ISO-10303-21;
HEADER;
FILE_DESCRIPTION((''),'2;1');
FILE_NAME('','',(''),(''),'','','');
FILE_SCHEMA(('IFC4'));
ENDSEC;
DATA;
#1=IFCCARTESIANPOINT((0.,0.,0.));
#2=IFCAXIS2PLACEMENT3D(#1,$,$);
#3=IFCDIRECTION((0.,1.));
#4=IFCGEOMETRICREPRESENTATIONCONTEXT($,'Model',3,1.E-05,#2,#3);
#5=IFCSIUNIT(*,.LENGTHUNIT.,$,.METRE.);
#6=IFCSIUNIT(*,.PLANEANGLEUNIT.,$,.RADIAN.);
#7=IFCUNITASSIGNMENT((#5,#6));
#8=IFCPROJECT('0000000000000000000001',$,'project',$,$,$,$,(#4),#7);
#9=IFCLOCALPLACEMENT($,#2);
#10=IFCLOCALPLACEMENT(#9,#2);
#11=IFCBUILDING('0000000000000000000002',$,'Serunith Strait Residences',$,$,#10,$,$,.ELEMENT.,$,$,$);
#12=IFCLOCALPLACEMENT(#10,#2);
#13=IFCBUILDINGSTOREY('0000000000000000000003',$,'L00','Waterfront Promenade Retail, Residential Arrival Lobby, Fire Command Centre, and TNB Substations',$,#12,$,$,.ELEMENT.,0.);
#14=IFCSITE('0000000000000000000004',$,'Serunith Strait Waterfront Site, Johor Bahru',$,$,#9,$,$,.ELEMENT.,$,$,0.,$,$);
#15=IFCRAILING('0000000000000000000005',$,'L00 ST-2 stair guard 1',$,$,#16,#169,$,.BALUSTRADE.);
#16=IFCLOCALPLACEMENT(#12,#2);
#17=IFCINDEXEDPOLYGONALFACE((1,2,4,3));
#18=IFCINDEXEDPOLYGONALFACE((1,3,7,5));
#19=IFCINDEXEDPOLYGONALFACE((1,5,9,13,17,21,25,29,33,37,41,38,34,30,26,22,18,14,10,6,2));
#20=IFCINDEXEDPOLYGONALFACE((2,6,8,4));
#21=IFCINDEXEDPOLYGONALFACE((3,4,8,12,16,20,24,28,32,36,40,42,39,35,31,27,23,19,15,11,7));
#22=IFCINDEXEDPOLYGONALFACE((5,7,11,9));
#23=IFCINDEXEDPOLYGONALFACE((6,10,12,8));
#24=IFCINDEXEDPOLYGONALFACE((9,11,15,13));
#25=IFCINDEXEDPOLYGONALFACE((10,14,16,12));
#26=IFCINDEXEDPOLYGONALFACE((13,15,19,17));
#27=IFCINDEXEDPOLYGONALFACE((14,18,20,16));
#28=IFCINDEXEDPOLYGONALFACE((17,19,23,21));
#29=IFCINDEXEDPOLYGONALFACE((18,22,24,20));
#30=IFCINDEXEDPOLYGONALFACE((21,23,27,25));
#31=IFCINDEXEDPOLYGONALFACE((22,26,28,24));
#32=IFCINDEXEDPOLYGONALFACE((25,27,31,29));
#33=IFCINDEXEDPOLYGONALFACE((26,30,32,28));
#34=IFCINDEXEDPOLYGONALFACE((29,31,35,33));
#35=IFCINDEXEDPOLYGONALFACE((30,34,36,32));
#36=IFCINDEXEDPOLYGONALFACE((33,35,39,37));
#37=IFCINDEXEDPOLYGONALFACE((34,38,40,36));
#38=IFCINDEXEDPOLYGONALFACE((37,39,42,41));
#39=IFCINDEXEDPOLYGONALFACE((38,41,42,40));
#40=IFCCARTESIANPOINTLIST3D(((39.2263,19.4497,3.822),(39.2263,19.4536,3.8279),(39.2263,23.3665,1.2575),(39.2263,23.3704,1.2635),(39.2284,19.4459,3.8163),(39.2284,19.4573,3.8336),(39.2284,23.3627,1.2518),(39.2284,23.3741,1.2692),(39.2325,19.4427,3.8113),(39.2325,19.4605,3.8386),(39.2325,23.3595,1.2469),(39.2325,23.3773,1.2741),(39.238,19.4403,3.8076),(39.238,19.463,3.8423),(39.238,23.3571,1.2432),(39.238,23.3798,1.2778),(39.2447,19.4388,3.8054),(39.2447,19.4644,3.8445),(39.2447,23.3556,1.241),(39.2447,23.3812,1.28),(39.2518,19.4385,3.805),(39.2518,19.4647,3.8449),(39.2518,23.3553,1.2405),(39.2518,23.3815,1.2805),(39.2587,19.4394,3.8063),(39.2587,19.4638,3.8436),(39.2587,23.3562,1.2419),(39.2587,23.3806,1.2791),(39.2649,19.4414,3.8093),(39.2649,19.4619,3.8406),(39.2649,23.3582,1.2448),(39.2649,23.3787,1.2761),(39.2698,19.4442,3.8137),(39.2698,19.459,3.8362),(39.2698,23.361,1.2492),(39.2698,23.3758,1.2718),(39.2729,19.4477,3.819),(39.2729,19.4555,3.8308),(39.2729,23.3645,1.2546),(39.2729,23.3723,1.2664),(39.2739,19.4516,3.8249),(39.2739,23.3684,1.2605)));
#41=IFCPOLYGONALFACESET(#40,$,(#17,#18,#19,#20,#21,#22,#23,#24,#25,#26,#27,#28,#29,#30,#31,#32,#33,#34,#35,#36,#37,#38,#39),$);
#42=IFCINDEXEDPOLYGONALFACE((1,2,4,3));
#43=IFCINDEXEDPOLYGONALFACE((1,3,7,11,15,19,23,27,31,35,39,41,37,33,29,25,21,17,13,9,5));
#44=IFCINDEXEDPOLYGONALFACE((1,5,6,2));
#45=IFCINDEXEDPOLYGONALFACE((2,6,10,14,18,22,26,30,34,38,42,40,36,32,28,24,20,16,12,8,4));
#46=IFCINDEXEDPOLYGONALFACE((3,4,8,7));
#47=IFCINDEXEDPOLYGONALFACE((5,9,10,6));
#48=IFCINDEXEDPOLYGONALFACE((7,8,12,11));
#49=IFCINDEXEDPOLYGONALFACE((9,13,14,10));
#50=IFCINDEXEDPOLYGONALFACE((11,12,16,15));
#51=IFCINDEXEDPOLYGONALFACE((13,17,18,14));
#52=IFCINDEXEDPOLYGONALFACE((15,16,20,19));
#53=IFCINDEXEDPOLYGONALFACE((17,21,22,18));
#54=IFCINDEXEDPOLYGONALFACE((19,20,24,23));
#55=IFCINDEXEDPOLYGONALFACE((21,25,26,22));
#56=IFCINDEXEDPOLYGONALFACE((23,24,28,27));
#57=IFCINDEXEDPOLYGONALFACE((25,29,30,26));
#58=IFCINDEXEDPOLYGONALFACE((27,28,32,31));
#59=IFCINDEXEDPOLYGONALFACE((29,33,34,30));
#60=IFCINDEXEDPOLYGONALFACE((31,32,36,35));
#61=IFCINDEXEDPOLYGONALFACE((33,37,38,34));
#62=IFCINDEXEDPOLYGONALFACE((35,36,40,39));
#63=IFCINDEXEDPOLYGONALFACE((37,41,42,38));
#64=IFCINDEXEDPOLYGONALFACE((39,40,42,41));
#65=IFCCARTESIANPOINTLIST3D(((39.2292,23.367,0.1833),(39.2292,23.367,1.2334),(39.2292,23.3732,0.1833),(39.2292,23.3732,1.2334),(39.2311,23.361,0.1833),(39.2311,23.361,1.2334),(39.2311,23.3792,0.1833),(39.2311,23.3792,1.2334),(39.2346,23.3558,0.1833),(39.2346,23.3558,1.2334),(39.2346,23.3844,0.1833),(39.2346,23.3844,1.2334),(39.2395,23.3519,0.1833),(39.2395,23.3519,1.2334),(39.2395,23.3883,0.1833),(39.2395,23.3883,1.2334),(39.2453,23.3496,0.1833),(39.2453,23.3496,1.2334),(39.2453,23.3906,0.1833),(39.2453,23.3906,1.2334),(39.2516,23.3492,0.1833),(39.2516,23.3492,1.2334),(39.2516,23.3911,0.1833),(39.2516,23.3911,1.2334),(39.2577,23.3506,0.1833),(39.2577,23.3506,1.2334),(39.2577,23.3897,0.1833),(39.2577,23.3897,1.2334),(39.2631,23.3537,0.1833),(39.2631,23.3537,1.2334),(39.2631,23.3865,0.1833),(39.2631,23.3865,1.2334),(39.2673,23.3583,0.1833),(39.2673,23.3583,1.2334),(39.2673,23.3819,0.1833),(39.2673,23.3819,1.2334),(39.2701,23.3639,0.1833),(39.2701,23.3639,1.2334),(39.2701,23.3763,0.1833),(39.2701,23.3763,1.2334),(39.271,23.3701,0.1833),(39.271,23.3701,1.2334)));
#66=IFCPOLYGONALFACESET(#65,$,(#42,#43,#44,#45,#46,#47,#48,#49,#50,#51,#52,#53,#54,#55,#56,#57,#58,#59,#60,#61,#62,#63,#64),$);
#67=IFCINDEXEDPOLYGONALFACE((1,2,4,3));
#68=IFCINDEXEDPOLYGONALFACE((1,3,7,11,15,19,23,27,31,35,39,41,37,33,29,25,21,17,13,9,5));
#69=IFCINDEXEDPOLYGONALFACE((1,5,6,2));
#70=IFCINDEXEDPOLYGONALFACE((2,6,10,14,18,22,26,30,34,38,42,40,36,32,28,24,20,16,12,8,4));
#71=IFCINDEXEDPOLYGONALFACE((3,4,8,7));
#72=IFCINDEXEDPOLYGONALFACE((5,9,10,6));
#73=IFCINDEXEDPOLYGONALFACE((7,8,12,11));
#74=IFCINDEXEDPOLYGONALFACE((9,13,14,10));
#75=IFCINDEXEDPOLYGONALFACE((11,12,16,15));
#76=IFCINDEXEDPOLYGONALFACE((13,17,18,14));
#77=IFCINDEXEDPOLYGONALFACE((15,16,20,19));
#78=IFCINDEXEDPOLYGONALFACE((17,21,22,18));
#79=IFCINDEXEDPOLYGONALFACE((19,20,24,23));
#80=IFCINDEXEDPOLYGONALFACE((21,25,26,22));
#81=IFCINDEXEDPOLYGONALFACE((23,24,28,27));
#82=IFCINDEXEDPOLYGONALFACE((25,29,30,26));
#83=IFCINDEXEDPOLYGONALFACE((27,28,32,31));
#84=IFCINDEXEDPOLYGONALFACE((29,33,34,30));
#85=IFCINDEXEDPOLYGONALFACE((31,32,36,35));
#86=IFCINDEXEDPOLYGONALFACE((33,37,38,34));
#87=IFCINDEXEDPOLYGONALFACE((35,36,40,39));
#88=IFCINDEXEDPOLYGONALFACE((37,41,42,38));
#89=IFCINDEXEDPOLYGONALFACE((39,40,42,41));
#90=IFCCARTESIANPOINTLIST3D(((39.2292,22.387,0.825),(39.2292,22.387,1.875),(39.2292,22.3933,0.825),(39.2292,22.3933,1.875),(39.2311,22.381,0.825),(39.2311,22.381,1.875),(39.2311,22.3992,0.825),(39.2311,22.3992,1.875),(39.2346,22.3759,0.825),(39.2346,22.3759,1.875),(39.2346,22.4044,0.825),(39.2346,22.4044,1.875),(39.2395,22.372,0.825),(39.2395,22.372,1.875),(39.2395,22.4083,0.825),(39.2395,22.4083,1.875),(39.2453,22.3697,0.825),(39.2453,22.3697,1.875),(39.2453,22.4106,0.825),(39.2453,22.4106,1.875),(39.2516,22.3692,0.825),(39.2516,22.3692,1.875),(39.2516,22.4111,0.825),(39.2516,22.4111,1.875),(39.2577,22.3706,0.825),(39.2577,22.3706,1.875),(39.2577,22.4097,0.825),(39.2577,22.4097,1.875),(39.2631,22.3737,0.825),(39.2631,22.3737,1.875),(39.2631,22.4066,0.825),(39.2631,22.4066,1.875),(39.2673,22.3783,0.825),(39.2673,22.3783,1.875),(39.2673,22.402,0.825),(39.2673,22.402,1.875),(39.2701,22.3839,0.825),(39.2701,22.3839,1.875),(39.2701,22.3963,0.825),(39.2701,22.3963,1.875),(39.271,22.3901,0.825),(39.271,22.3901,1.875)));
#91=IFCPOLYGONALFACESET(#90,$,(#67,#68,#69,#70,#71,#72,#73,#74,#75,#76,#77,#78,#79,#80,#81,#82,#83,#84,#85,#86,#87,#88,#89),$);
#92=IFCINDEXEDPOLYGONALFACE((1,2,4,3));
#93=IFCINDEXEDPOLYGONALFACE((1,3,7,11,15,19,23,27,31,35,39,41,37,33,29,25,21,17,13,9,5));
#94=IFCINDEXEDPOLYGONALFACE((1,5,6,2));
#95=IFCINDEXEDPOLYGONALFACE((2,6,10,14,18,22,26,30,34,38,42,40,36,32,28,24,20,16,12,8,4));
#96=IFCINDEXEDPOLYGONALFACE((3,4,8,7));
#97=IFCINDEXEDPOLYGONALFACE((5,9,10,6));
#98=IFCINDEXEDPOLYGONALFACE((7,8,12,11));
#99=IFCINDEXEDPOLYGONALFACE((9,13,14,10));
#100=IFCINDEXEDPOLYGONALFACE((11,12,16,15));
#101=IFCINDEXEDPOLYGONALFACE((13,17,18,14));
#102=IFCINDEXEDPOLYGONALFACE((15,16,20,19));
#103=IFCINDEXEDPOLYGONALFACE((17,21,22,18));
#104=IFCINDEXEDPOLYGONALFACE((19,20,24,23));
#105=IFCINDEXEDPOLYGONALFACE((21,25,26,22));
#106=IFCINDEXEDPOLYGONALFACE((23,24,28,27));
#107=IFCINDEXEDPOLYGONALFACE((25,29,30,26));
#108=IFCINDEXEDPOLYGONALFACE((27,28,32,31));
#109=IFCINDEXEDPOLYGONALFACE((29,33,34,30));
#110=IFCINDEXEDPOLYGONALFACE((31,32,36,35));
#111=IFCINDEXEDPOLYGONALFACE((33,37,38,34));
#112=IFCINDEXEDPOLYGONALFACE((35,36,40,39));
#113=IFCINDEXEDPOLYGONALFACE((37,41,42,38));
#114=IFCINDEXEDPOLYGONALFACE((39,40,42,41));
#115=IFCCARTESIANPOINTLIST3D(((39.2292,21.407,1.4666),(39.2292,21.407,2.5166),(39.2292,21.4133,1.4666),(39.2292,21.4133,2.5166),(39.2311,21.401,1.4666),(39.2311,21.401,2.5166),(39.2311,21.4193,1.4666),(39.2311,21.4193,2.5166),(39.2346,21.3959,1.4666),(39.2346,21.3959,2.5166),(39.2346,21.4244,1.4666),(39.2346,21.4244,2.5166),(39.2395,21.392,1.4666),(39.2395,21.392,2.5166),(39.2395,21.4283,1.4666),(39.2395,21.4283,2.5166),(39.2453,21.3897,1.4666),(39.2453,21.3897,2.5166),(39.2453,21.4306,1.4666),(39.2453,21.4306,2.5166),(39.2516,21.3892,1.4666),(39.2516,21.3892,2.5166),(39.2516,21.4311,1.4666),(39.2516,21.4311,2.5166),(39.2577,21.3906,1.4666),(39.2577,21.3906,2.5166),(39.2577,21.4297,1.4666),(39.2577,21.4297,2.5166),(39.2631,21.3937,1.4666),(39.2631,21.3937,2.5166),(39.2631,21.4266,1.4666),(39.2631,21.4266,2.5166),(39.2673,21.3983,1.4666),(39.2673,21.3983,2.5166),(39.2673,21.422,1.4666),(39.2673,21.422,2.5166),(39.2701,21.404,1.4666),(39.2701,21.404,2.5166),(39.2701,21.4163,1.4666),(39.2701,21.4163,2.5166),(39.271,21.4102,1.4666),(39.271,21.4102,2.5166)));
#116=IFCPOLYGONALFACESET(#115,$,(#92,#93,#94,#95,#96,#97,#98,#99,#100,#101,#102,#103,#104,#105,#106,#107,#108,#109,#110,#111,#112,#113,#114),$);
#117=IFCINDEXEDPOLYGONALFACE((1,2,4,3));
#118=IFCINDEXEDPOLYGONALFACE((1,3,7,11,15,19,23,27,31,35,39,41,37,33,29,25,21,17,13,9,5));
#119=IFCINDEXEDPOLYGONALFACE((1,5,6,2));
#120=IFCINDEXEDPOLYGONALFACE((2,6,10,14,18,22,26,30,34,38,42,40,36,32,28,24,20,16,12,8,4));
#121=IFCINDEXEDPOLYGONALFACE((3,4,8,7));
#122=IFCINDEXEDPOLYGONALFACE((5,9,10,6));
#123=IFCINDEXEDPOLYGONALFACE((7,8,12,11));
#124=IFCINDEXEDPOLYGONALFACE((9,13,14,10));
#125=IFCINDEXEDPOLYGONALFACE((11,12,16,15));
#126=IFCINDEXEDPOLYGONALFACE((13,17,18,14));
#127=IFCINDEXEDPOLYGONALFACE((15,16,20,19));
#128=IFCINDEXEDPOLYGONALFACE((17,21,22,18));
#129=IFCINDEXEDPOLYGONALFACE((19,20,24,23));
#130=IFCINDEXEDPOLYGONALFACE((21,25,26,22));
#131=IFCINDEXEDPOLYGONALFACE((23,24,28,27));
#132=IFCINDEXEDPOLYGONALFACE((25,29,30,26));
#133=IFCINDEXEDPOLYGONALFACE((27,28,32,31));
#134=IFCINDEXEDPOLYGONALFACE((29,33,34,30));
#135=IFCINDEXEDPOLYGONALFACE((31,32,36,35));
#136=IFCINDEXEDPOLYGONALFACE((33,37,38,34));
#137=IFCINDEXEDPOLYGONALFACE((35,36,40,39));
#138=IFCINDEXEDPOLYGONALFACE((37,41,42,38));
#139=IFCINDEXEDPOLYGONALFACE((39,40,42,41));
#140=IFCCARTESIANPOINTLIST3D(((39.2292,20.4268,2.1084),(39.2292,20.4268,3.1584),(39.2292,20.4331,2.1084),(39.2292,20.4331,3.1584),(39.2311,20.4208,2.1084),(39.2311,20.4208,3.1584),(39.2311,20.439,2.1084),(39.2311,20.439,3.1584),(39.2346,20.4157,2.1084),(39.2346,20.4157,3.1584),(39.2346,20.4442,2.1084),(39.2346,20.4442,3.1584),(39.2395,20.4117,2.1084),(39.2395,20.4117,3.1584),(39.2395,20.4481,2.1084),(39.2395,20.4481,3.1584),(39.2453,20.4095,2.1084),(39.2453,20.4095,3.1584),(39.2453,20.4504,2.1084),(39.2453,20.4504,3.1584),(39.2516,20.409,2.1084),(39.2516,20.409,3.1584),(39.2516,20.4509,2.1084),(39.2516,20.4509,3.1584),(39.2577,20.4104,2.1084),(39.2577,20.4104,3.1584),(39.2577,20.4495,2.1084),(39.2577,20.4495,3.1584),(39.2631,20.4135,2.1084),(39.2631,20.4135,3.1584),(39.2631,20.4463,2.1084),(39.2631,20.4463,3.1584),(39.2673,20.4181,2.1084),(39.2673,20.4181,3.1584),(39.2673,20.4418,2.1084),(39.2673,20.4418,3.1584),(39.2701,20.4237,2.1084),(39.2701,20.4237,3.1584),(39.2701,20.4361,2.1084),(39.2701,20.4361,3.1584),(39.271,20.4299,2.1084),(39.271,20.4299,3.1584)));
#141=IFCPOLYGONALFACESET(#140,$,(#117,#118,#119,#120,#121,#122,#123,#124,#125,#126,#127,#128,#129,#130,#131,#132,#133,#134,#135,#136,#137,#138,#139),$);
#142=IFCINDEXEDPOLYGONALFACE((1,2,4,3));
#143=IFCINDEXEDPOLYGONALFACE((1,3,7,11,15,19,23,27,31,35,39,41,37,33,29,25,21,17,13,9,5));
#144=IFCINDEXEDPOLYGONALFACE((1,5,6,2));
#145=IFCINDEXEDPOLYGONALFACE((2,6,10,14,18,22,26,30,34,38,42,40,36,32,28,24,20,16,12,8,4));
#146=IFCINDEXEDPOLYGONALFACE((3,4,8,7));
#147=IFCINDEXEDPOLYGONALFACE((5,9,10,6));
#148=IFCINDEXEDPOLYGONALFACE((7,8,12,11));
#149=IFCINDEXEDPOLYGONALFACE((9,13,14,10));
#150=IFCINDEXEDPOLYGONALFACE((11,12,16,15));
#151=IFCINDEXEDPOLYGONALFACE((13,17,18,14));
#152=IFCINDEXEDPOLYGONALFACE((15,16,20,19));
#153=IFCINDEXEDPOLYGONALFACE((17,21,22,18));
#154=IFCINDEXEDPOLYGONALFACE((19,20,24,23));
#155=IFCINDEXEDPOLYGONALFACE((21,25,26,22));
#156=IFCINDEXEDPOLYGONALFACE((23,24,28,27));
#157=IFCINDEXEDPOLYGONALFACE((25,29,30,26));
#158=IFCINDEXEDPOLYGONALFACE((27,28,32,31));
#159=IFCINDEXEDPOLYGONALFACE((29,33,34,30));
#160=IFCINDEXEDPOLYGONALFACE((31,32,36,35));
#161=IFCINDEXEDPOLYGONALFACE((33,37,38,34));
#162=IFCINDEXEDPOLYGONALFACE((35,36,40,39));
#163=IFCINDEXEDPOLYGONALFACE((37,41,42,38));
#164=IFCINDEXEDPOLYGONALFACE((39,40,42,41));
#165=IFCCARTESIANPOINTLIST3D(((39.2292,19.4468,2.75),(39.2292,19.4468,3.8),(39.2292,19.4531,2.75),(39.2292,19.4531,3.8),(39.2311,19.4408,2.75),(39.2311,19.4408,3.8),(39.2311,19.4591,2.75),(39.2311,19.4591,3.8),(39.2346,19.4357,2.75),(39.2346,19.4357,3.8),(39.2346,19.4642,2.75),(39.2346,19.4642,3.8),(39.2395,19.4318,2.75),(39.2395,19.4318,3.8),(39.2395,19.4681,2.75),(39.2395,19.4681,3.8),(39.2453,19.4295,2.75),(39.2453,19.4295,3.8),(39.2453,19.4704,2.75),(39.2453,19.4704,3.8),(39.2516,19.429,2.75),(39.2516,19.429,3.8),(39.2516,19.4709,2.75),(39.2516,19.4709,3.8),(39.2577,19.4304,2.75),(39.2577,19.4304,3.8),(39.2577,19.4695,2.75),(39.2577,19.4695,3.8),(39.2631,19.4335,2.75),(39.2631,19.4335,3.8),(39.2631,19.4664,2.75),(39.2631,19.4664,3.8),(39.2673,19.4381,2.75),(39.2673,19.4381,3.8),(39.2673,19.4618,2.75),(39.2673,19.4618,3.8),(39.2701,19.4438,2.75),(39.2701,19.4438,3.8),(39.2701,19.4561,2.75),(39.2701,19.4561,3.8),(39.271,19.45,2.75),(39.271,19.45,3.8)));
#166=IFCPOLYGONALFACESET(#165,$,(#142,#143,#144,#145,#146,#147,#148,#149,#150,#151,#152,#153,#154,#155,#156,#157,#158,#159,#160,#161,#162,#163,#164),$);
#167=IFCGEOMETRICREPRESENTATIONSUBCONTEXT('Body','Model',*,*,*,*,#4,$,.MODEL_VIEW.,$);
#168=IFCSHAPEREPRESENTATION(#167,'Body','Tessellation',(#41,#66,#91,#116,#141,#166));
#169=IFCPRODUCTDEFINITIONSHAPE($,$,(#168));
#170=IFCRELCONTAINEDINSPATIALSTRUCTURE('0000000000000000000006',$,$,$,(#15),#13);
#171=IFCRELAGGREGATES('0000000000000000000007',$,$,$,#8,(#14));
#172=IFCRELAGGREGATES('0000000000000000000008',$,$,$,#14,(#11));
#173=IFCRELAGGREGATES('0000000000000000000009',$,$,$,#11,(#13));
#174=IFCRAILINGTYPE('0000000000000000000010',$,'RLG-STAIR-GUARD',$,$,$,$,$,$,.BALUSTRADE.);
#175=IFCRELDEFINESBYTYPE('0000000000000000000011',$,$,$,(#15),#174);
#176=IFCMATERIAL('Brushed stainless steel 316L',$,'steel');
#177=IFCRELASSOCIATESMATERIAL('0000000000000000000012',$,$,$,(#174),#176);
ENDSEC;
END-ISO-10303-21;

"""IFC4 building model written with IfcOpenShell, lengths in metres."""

from ifc_helpers import new_model, si_unit, direction, frame, origin, origin_2d, place, context, subcontext, project, spatial, circle, extrude, material, type_object, element, save


model = new_model("IFC4")

# Units and contexts
model_context = context("Model", 3, precision=1e-05, world=origin(), true_north=direction((0.0, 1.0)))
body_context = subcontext(model_context, "Body", "Model", "MODEL_VIEW")
ifc_project = project(units=[si_unit("LENGTHUNIT", "METRE"), si_unit("PLANEANGLEUNIT", "RADIAN")], contexts=[model_context])

# Site, building, storey
site_placement = place(None, origin())
site = spatial("IfcSite", under=ifc_project, at=site_placement, Name="Serunith Strait Waterfront Site, Johor Bahru", CompositionType="ELEMENT", RefElevation=0.0)
building_placement = place(site_placement, origin())
building = spatial("IfcBuilding", under=site, at=building_placement, Name="Serunith Strait Residences", CompositionType="ELEMENT")
storey_placement = place(building_placement, origin())
storey = spatial("IfcBuildingStorey", under=building, at=storey_placement, Name="L00", Description="Waterfront Promenade Retail, Residential Arrival Lobby, Fire Command Centre, and TNB Substations", CompositionType="ELEMENT", Elevation=0.0)

# Railing
ifc_material_1 = material(Name="Brushed stainless steel 316L", Category="steel")
railing_type_1 = type_object("IfcRailingType", Name="RLG-STAIR-GUARD", PredefinedType="BALUSTRADE", material=ifc_material_1)
railing_1_placement = place(storey_placement, frame((39.25, 23.3701, 0.1833)))
element("IfcRailing", 1, at=railing_1_placement, inside=storey, type_object=railing_type_1, Name="L00 ST-2 stair guard 1", PredefinedType="BALUSTRADE", context=body_context, shape_type="SweptSolid", body=[
    extrude(circle(Radius=0.0239, at=origin_2d()), frame((0.0, -0.0017, 1.0771), z_axis=(0.0, -0.836631, 0.547767), x_axis=(1.0, 0.0, 0.0)), (0.0, 0.0, 1.0), 4.6816),
    extrude(circle(Radius=0.021, at=origin_2d()), origin(), (0.0, 0.0, 1.0), 1.05),
    extrude(circle(Radius=0.021, at=origin_2d()), frame((0.0, -0.98, 0.6416)), (0.0, 0.0, 1.0), 1.05),
    extrude(circle(Radius=0.021, at=origin_2d()), frame((0.0, -1.96, 1.2832)), (0.0, 0.0, 1.0), 1.05),
    extrude(circle(Radius=0.021, at=origin_2d()), frame((0.0, -2.9402, 1.925)), (0.0, 0.0, 1.0), 1.05),
    extrude(circle(Radius=0.021, at=origin_2d()), frame((0.0, -3.9202, 2.5667)), (0.0, 0.0, 1.0), 1.05),
])

save(model, "model.ifc")
